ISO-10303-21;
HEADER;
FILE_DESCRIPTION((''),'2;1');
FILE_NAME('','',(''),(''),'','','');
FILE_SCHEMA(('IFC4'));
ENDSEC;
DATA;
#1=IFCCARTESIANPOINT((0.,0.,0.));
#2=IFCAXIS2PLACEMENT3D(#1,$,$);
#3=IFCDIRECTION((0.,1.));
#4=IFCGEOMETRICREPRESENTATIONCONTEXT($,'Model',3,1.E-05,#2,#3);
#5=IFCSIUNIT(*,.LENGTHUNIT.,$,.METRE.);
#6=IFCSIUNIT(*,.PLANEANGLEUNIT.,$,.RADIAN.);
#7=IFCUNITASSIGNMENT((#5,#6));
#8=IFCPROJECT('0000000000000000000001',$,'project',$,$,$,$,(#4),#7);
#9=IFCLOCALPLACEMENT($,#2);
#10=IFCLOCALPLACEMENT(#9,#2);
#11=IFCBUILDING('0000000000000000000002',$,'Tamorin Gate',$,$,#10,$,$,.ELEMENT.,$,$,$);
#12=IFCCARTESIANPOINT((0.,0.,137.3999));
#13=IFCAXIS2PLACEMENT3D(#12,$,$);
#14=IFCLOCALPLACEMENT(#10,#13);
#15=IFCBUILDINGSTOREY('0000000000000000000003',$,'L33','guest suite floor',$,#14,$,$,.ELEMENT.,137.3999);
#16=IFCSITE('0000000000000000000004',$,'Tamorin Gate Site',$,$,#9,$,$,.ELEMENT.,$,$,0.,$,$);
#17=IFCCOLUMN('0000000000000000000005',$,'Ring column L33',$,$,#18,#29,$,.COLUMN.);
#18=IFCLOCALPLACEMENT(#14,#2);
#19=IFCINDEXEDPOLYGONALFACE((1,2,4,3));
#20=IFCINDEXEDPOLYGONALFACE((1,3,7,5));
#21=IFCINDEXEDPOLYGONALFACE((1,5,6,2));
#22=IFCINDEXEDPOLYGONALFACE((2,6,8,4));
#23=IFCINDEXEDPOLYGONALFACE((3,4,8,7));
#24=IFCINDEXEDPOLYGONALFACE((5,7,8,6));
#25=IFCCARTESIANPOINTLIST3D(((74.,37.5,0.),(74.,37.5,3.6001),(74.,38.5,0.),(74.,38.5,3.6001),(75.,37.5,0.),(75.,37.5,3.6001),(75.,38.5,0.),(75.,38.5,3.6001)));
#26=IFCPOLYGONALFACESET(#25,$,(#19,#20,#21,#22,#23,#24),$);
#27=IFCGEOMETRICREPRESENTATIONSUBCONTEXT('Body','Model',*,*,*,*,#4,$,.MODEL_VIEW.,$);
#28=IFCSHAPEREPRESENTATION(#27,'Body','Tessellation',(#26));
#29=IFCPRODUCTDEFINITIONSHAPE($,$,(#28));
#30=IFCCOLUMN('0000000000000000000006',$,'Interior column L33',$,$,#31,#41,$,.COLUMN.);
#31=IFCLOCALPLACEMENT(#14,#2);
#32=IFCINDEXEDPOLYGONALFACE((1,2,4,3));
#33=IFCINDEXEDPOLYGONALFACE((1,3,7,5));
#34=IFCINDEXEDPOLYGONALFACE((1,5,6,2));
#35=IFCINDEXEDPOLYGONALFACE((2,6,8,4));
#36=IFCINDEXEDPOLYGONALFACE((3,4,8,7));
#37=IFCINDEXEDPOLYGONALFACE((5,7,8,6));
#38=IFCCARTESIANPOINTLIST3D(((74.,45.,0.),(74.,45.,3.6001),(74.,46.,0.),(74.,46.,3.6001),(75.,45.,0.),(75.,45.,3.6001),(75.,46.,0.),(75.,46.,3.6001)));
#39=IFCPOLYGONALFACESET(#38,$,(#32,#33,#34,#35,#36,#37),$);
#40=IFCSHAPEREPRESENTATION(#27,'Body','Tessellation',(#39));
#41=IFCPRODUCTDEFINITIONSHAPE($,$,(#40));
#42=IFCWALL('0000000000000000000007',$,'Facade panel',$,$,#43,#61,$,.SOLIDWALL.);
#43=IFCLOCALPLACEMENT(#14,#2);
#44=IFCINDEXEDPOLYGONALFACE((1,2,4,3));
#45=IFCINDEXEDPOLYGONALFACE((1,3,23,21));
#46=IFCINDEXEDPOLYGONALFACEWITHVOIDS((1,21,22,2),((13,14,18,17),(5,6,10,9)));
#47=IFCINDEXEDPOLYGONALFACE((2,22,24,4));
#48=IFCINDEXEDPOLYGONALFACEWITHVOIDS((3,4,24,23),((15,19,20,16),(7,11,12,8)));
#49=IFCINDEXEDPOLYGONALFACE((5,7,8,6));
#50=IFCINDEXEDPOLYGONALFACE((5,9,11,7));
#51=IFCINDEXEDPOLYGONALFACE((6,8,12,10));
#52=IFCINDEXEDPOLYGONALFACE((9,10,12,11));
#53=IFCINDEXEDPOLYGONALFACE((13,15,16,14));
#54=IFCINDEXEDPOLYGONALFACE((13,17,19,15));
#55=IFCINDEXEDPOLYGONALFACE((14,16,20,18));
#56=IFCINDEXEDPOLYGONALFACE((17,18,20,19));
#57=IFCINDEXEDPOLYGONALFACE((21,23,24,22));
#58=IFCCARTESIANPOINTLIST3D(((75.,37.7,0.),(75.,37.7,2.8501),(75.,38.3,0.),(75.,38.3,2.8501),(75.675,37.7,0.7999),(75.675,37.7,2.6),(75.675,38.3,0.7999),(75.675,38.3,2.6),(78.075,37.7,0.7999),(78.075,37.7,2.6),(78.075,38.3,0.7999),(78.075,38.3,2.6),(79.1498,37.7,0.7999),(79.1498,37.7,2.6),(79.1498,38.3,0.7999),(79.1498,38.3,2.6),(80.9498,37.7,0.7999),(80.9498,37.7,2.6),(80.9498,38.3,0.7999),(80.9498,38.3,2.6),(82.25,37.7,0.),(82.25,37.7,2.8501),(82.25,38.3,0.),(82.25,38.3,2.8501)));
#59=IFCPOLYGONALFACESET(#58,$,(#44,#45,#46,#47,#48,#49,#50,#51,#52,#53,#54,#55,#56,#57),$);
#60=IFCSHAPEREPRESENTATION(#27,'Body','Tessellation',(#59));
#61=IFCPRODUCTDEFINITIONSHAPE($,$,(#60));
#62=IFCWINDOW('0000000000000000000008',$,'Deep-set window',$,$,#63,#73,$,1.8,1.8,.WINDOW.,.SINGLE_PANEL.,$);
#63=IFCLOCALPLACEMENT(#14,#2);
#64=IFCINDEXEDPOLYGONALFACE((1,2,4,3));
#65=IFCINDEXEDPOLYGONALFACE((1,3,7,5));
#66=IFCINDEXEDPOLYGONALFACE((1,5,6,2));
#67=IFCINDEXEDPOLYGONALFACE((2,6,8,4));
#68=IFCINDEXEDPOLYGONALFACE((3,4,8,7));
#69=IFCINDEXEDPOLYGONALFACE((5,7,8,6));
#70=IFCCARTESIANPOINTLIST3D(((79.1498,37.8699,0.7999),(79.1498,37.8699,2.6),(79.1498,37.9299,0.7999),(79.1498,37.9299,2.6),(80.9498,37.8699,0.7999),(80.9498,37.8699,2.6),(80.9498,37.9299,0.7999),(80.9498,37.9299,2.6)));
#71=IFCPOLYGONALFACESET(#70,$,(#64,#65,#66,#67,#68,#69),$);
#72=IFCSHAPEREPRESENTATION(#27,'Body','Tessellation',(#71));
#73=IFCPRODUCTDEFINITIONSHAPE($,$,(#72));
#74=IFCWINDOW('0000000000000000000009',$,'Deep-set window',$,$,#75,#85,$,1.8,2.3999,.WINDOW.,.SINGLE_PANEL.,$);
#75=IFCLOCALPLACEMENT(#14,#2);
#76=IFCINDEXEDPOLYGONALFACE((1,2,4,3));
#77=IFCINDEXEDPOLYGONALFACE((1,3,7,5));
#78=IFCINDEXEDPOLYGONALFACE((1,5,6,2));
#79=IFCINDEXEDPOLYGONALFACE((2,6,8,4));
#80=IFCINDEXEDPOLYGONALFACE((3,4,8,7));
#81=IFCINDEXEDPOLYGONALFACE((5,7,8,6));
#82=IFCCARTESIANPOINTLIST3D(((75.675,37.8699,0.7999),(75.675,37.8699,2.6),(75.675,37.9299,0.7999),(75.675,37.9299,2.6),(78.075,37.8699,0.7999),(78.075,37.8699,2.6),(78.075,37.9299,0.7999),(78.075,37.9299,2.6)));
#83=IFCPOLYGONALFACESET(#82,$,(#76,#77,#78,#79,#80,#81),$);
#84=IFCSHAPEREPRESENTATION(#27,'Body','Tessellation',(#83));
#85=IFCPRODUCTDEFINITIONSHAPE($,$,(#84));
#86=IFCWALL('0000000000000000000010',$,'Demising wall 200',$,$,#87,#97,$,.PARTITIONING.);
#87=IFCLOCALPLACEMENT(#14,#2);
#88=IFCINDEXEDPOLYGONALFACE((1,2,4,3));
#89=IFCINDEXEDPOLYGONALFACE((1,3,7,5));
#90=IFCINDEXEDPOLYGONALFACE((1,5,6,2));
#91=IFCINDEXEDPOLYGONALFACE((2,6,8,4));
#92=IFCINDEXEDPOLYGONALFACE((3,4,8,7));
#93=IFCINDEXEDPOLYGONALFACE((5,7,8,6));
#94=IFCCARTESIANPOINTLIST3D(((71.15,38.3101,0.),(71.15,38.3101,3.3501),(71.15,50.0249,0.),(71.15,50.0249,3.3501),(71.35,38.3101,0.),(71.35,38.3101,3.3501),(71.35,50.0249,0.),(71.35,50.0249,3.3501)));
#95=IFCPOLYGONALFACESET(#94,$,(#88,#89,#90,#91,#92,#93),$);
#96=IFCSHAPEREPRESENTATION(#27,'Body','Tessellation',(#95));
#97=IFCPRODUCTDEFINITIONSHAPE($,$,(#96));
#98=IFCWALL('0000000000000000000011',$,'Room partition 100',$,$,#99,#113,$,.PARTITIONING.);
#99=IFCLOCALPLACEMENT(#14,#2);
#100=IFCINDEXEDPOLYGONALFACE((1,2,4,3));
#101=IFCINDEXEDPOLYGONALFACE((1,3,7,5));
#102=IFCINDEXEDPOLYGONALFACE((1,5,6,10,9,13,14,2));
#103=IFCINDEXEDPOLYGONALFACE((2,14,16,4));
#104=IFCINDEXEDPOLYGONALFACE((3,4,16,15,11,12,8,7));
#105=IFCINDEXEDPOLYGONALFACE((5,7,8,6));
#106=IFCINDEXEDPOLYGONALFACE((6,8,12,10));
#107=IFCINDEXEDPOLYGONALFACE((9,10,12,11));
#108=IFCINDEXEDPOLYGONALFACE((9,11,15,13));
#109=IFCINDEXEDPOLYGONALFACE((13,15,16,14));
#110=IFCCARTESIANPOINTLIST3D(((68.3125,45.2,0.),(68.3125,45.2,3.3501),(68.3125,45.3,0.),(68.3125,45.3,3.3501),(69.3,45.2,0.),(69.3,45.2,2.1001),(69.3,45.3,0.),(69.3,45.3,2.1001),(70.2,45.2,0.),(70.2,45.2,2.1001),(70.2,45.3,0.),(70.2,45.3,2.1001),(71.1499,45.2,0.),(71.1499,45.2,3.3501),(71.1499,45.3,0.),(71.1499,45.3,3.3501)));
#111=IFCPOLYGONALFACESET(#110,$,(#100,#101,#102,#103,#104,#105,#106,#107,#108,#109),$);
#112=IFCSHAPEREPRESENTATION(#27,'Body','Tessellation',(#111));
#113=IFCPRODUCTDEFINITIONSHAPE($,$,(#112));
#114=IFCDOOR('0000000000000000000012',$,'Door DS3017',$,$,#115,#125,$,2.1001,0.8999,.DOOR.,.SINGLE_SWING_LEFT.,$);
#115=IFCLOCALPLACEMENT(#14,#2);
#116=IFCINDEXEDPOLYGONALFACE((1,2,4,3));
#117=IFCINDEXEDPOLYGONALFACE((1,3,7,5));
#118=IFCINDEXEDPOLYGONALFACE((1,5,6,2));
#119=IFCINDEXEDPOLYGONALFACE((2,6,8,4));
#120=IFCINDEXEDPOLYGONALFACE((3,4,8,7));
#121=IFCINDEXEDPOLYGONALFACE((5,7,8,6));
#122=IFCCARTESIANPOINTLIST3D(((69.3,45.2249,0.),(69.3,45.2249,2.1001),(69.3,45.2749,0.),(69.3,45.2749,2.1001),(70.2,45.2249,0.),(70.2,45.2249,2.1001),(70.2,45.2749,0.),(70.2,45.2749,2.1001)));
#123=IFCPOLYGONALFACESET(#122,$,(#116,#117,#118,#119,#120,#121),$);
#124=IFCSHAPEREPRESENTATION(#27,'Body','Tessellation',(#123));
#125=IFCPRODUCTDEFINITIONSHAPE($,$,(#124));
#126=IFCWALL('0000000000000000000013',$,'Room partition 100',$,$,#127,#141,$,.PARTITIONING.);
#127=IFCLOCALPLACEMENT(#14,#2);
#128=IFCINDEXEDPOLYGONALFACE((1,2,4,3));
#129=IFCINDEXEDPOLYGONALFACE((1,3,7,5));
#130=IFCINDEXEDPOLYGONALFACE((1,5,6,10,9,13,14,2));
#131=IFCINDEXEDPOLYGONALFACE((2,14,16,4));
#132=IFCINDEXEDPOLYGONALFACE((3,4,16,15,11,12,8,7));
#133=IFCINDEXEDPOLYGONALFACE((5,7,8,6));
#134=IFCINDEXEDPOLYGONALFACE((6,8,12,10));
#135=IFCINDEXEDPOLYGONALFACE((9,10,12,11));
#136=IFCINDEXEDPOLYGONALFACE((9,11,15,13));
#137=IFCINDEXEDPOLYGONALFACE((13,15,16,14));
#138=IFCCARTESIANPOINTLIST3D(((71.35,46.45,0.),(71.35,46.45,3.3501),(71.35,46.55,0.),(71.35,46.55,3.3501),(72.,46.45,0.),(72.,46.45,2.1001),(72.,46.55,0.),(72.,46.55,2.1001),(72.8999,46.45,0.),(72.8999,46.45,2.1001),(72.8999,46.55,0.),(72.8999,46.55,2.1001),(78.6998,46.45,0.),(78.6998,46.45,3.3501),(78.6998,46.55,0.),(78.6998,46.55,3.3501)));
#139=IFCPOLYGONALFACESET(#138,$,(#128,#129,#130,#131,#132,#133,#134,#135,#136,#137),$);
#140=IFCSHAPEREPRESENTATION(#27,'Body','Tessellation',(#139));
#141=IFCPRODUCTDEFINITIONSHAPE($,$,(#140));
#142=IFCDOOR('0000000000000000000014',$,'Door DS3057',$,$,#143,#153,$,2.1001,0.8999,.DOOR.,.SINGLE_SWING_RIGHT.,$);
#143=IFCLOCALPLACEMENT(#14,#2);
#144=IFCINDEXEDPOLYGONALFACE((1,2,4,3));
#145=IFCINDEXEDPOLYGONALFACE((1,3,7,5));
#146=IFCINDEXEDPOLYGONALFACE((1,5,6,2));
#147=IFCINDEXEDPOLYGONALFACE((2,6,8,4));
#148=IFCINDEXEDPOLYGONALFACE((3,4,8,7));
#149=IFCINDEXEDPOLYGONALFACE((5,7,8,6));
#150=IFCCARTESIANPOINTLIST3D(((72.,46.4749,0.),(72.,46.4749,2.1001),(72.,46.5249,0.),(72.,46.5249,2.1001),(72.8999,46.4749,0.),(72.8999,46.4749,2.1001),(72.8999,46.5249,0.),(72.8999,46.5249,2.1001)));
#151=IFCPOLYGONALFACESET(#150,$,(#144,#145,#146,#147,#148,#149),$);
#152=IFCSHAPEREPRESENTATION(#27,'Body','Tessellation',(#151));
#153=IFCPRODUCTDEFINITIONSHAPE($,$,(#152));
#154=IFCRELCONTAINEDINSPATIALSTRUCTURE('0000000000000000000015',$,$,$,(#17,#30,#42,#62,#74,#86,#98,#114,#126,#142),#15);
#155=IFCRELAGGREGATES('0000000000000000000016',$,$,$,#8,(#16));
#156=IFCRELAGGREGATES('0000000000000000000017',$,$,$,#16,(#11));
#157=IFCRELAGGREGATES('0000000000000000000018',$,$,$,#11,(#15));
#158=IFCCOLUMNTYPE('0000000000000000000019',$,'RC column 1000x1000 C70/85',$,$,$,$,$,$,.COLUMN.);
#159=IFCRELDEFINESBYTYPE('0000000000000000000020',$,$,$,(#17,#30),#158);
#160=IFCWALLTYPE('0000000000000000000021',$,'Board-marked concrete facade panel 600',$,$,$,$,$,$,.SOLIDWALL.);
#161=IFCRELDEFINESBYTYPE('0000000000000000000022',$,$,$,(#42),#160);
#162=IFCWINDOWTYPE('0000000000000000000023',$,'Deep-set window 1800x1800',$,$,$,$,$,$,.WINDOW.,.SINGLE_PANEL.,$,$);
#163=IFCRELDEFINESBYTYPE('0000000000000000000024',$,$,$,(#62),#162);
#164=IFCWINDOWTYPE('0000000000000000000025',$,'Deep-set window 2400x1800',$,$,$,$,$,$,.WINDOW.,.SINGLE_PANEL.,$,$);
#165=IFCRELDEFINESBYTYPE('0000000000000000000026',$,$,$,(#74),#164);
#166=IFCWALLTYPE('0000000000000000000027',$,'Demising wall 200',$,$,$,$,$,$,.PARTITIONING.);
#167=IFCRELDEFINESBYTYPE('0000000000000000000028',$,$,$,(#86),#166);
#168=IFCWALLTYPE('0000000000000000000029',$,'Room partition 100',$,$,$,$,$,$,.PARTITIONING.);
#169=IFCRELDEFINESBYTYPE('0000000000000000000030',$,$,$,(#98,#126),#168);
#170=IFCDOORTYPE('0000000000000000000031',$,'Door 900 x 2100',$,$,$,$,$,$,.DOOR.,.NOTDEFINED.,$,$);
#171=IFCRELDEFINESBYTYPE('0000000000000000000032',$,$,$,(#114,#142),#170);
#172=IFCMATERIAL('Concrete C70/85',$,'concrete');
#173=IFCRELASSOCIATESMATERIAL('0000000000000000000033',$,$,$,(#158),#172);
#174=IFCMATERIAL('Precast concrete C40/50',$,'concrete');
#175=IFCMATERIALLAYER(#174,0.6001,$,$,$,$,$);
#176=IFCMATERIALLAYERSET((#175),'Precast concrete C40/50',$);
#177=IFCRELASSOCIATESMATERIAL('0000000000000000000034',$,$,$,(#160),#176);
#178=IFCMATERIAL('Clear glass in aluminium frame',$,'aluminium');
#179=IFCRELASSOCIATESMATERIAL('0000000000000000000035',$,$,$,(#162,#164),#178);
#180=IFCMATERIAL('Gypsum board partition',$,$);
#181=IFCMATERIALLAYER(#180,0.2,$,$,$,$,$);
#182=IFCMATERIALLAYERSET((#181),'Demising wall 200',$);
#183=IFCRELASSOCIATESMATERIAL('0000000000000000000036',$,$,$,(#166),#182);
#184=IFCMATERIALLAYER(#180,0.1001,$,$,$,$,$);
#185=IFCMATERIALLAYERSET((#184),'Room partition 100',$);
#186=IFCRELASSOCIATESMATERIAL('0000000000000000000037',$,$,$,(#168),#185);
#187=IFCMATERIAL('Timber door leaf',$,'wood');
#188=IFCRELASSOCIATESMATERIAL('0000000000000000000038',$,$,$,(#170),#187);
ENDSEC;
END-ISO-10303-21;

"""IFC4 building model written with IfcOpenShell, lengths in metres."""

from ifc_helpers import new_model, si_unit, direction, frame, frame_2d, origin, origin_2d, place, context, subcontext, project, spatial, rectangle, extrude, material, layer, layer_set, material_profile, profile_set, type_object, element, fill, save


model = new_model("IFC4")

# Units and contexts
model_context = context("Model", 3, precision=1e-05, world=origin(), true_north=direction((0.0, 1.0)))
body_context = subcontext(model_context, "Body", "Model", "MODEL_VIEW")
ifc_project = project(units=[si_unit("LENGTHUNIT", "METRE"), si_unit("PLANEANGLEUNIT", "RADIAN")], contexts=[model_context])

# Site, building, storey
site_placement = place(None, origin())
site = spatial("IfcSite", under=ifc_project, at=site_placement, Name="Tamorin Gate Site", CompositionType="ELEMENT", RefElevation=0.0)
building_placement = place(site_placement, origin())
building = spatial("IfcBuilding", under=site, at=building_placement, Name="Tamorin Gate", CompositionType="ELEMENT")
storey_placement = place(building_placement, frame((0.0, 0.0, 137.3999)))
storey = spatial("IfcBuildingStorey", under=building, at=storey_placement, Name="L33", Description="guest suite floor", CompositionType="ELEMENT", Elevation=137.3999)

# Columns
ifc_material_1 = material(Name="Concrete C70/85", Category="concrete")
ifc_material_profile = material_profile(ifc_material_1, rectangle(XDim=1.0, YDim=1.0, at=origin_2d()), Name="RC 1000x1000")
ifc_profile_set = profile_set([ifc_material_profile], Name="Concrete C70/85")
column_type = type_object("IfcColumnType", Name="RC column 1000x1000 C70/85", PredefinedType="COLUMN", material=ifc_profile_set)
for number, where, z_axis, x_axis, name in (
    (1, (74.5, 38.0, 0.0), (0.0, 0.0, 1.0), (1.0, 0.0, 0.0), "Ring column L33"),
    (2, (74.5, 45.5, 0.0), (0.0, 0.0, 1.0), (1.0, 0.0, 0.0), "Interior column L33"),
):
    element("IfcColumn", number, at=place(storey_placement, frame(where, z_axis=z_axis, x_axis=x_axis)), inside=storey, type_object=column_type, Name=name, PredefinedType="COLUMN", context=body_context, shape_type="SweptSolid", body=[
        extrude(rectangle(XDim=1.0, YDim=1.0, at=origin_2d()), origin(), (0.0, 0.0, 1.0), 3.6001),
    ])

# Wall, openings, windows
ifc_material_2 = material(Name="Precast concrete C40/50", Category="concrete")
ifc_layer_1 = layer(ifc_material_2, 0.6001)
ifc_layer_set_1 = layer_set([ifc_layer_1], Name="Precast concrete C40/50")
wall_type_1 = type_object("IfcWallType", Name="Board-marked concrete facade panel 600", PredefinedType="SOLIDWALL", material=ifc_layer_set_1)
wall_1_placement = place(storey_placement, frame((75.0, 38.0, 0.0), z_axis=(0.0, 0.0, 1.0), x_axis=(1.0, 0.0, 0.0)))
wall_1 = element("IfcWall", 3, at=wall_1_placement, inside=storey, type_object=wall_type_1, Name="Facade panel", PredefinedType="SOLIDWALL", context=body_context, shape_type="SweptSolid", body=[
    extrude(rectangle(XDim=7.25, YDim=0.6001, at=frame_2d((3.625, 0.0))), origin(), (0.0, 0.0, 1.0), 2.8501),
])
opening_1_placement = place(wall_1_placement, frame((0.675, 0.0, 0.8)))
opening_1 = element("IfcOpeningElement", 4, at=opening_1_placement, cuts=wall_1, PredefinedType="OPENING", context=body_context, shape_type="SweptSolid", body=[
    extrude(rectangle(XDim=2.3999, YDim=1.8, at=frame_2d((1.2, 0.8999))), frame((0.0, 0.3101, 0.0), z_axis=(0.0, -1.0, 0.0), x_axis=(1.0, 0.0, 0.0)), (0.0, 0.0, 1.0), 0.6201),
])
opening_2_placement = place(wall_1_placement, frame((4.1499, 0.0, 0.8)))
opening_2 = element("IfcOpeningElement", 5, at=opening_2_placement, cuts=wall_1, PredefinedType="OPENING", context=body_context, shape_type="SweptSolid", body=[
    extrude(rectangle(XDim=1.8, YDim=1.8, at=frame_2d((0.8999, 0.8999))), frame((0.0, 0.3101, 0.0), z_axis=(0.0, -1.0, 0.0), x_axis=(1.0, 0.0, 0.0)), (0.0, 0.0, 1.0), 0.6201),
])
ifc_material_3 = material(Name="Clear glass in aluminium frame", Category="aluminium")
window_type_1 = type_object("IfcWindowType", Name="Deep-set window 1800x1800", PartitioningType="SINGLE_PANEL", PredefinedType="WINDOW", material=ifc_material_3)
window_1_placement = place(opening_2_placement, origin())
window_1 = element("IfcWindow", 6, at=window_1_placement, inside=storey, type_object=window_type_1, Name="Deep-set window", OverallHeight=1.8, OverallWidth=1.8, PartitioningType="SINGLE_PANEL", PredefinedType="WINDOW", context=body_context, shape_type="SweptSolid", body=[
    extrude(rectangle(XDim=1.8, YDim=1.8, at=frame_2d((0.8999, 0.8999))), frame((0.0, -0.0701, 0.0), z_axis=(0.0, -1.0, 0.0), x_axis=(1.0, 0.0, 0.0)), (0.0, 0.0, 1.0), 0.0601),
])
fill(opening_2, window_1)
window_type_2 = type_object("IfcWindowType", Name="Deep-set window 2400x1800", PartitioningType="SINGLE_PANEL", PredefinedType="WINDOW", material=ifc_material_3)
window_2_placement = place(opening_1_placement, origin())
window_2 = element("IfcWindow", 7, at=window_2_placement, inside=storey, type_object=window_type_2, Name="Deep-set window", OverallHeight=1.8, OverallWidth=2.3999, PartitioningType="SINGLE_PANEL", PredefinedType="WINDOW", context=body_context, shape_type="SweptSolid", body=[
    extrude(rectangle(XDim=2.3999, YDim=1.8, at=frame_2d((1.2, 0.8999))), frame((0.0, -0.0701, 0.0), z_axis=(0.0, -1.0, 0.0), x_axis=(1.0, 0.0, 0.0)), (0.0, 0.0, 1.0), 0.0601),
])
fill(opening_1, window_2)

# Wall
ifc_material_4 = material(Name="Gypsum board partition")
ifc_layer_2 = layer(ifc_material_4, 0.2)
ifc_layer_set_2 = layer_set([ifc_layer_2], Name="Demising wall 200")
wall_type_2 = type_object("IfcWallType", Name="Demising wall 200", PredefinedType="PARTITIONING", material=ifc_layer_set_2)
wall_2_placement = place(storey_placement, frame((71.25, 38.3101, 0.0), z_axis=(0.0, 0.0, 1.0), x_axis=(0.0, 1.0, 0.0)))
element("IfcWall", 8, at=wall_2_placement, inside=storey, type_object=wall_type_2, Name="Demising wall 200", PredefinedType="PARTITIONING", context=body_context, shape_type="SweptSolid", body=[
    extrude(rectangle(XDim=11.7148, YDim=0.2, at=frame_2d((5.8574, 0.0))), origin(), (0.0, 0.0, 1.0), 3.3501),
])

# Walls, openings, doors
ifc_layer_3 = layer(ifc_material_4, 0.1001)
ifc_layer_set_3 = layer_set([ifc_layer_3], Name="Room partition 100")
wall_type_3 = type_object("IfcWallType", Name="Room partition 100", PredefinedType="PARTITIONING", material=ifc_layer_set_3)
wall_3_placement = place(storey_placement, frame((68.3125, 45.25, 0.0), z_axis=(0.0, 0.0, 1.0), x_axis=(1.0, 0.0, 0.0)))
wall_3 = element("IfcWall", 9, at=wall_3_placement, inside=storey, type_object=wall_type_3, Name="Room partition 100", PredefinedType="PARTITIONING", context=body_context, shape_type="SweptSolid", body=[
    extrude(rectangle(XDim=2.8374, YDim=0.1001, at=frame_2d((1.4187, 0.0))), origin(), (0.0, 0.0, 1.0), 3.3501),
])
opening_3_placement = place(wall_3_placement, frame((0.9875, 0.0, 0.0)))
opening_3 = element("IfcOpeningElement", 10, at=opening_3_placement, cuts=wall_3, PredefinedType="OPENING", context=body_context, shape_type="SweptSolid", body=[
    extrude(rectangle(XDim=0.8999, YDim=2.1001, at=frame_2d((0.45, 1.05))), frame((0.0, 0.0601, 0.0), z_axis=(0.0, -1.0, 0.0), x_axis=(1.0, 0.0, 0.0)), (0.0, 0.0, 1.0), 0.1201),
])
ifc_material_5 = material(Name="Timber door leaf", Category="wood")
door_type = type_object("IfcDoorType", Name="Door 900 x 2100", OperationType="NOTDEFINED", PredefinedType="DOOR", material=ifc_material_5)
door_1_placement = place(opening_3_placement, origin())
door_1 = element("IfcDoor", 11, at=door_1_placement, inside=storey, type_object=door_type, Name="Door DS3017", OperationType="SINGLE_SWING_LEFT", OverallHeight=2.1001, OverallWidth=0.8999, PredefinedType="DOOR", context=body_context, shape_type="SweptSolid", body=[
    extrude(rectangle(XDim=0.8999, YDim=2.1001, at=frame_2d((0.45, 1.05))), frame((0.0, 0.0249, 0.0), z_axis=(0.0, -1.0, 0.0), x_axis=(1.0, 0.0, 0.0)), (0.0, 0.0, 1.0), 0.05),
])
fill(opening_3, door_1)
wall_4_placement = place(storey_placement, frame((71.3501, 46.5, 0.0), z_axis=(0.0, 0.0, 1.0), x_axis=(1.0, 0.0, 0.0)))
wall_4 = element("IfcWall", 12, at=wall_4_placement, inside=storey, type_object=wall_type_3, Name="Room partition 100", PredefinedType="PARTITIONING", context=body_context, shape_type="SweptSolid", body=[
    extrude(rectangle(XDim=7.3499, YDim=0.1001, at=frame_2d((3.6748, 0.0))), origin(), (0.0, 0.0, 1.0), 3.3501),
])
opening_4_placement = place(wall_4_placement, frame((0.6499, 0.0, 0.0)))
opening_4 = element("IfcOpeningElement", 13, at=opening_4_placement, cuts=wall_4, PredefinedType="OPENING", context=body_context, shape_type="SweptSolid", body=[
    extrude(rectangle(XDim=0.8999, YDim=2.1001, at=frame_2d((0.45, 1.05))), frame((0.0, 0.0601, 0.0), z_axis=(0.0, -1.0, 0.0), x_axis=(1.0, 0.0, 0.0)), (0.0, 0.0, 1.0), 0.1201),
])
door_2_placement = place(opening_4_placement, origin())
door_2 = element("IfcDoor", 14, at=door_2_placement, inside=storey, type_object=door_type, Name="Door DS3057", OperationType="SINGLE_SWING_RIGHT", OverallHeight=2.1001, OverallWidth=0.8999, PredefinedType="DOOR", context=body_context, shape_type="SweptSolid", body=[
    extrude(rectangle(XDim=0.8999, YDim=2.1001, at=frame_2d((0.45, 1.05))), frame((0.0, 0.0249, 0.0), z_axis=(0.0, -1.0, 0.0), x_axis=(1.0, 0.0, 0.0)), (0.0, 0.0, 1.0), 0.05),
])
fill(opening_4, door_2)

save(model, "model.ifc")
